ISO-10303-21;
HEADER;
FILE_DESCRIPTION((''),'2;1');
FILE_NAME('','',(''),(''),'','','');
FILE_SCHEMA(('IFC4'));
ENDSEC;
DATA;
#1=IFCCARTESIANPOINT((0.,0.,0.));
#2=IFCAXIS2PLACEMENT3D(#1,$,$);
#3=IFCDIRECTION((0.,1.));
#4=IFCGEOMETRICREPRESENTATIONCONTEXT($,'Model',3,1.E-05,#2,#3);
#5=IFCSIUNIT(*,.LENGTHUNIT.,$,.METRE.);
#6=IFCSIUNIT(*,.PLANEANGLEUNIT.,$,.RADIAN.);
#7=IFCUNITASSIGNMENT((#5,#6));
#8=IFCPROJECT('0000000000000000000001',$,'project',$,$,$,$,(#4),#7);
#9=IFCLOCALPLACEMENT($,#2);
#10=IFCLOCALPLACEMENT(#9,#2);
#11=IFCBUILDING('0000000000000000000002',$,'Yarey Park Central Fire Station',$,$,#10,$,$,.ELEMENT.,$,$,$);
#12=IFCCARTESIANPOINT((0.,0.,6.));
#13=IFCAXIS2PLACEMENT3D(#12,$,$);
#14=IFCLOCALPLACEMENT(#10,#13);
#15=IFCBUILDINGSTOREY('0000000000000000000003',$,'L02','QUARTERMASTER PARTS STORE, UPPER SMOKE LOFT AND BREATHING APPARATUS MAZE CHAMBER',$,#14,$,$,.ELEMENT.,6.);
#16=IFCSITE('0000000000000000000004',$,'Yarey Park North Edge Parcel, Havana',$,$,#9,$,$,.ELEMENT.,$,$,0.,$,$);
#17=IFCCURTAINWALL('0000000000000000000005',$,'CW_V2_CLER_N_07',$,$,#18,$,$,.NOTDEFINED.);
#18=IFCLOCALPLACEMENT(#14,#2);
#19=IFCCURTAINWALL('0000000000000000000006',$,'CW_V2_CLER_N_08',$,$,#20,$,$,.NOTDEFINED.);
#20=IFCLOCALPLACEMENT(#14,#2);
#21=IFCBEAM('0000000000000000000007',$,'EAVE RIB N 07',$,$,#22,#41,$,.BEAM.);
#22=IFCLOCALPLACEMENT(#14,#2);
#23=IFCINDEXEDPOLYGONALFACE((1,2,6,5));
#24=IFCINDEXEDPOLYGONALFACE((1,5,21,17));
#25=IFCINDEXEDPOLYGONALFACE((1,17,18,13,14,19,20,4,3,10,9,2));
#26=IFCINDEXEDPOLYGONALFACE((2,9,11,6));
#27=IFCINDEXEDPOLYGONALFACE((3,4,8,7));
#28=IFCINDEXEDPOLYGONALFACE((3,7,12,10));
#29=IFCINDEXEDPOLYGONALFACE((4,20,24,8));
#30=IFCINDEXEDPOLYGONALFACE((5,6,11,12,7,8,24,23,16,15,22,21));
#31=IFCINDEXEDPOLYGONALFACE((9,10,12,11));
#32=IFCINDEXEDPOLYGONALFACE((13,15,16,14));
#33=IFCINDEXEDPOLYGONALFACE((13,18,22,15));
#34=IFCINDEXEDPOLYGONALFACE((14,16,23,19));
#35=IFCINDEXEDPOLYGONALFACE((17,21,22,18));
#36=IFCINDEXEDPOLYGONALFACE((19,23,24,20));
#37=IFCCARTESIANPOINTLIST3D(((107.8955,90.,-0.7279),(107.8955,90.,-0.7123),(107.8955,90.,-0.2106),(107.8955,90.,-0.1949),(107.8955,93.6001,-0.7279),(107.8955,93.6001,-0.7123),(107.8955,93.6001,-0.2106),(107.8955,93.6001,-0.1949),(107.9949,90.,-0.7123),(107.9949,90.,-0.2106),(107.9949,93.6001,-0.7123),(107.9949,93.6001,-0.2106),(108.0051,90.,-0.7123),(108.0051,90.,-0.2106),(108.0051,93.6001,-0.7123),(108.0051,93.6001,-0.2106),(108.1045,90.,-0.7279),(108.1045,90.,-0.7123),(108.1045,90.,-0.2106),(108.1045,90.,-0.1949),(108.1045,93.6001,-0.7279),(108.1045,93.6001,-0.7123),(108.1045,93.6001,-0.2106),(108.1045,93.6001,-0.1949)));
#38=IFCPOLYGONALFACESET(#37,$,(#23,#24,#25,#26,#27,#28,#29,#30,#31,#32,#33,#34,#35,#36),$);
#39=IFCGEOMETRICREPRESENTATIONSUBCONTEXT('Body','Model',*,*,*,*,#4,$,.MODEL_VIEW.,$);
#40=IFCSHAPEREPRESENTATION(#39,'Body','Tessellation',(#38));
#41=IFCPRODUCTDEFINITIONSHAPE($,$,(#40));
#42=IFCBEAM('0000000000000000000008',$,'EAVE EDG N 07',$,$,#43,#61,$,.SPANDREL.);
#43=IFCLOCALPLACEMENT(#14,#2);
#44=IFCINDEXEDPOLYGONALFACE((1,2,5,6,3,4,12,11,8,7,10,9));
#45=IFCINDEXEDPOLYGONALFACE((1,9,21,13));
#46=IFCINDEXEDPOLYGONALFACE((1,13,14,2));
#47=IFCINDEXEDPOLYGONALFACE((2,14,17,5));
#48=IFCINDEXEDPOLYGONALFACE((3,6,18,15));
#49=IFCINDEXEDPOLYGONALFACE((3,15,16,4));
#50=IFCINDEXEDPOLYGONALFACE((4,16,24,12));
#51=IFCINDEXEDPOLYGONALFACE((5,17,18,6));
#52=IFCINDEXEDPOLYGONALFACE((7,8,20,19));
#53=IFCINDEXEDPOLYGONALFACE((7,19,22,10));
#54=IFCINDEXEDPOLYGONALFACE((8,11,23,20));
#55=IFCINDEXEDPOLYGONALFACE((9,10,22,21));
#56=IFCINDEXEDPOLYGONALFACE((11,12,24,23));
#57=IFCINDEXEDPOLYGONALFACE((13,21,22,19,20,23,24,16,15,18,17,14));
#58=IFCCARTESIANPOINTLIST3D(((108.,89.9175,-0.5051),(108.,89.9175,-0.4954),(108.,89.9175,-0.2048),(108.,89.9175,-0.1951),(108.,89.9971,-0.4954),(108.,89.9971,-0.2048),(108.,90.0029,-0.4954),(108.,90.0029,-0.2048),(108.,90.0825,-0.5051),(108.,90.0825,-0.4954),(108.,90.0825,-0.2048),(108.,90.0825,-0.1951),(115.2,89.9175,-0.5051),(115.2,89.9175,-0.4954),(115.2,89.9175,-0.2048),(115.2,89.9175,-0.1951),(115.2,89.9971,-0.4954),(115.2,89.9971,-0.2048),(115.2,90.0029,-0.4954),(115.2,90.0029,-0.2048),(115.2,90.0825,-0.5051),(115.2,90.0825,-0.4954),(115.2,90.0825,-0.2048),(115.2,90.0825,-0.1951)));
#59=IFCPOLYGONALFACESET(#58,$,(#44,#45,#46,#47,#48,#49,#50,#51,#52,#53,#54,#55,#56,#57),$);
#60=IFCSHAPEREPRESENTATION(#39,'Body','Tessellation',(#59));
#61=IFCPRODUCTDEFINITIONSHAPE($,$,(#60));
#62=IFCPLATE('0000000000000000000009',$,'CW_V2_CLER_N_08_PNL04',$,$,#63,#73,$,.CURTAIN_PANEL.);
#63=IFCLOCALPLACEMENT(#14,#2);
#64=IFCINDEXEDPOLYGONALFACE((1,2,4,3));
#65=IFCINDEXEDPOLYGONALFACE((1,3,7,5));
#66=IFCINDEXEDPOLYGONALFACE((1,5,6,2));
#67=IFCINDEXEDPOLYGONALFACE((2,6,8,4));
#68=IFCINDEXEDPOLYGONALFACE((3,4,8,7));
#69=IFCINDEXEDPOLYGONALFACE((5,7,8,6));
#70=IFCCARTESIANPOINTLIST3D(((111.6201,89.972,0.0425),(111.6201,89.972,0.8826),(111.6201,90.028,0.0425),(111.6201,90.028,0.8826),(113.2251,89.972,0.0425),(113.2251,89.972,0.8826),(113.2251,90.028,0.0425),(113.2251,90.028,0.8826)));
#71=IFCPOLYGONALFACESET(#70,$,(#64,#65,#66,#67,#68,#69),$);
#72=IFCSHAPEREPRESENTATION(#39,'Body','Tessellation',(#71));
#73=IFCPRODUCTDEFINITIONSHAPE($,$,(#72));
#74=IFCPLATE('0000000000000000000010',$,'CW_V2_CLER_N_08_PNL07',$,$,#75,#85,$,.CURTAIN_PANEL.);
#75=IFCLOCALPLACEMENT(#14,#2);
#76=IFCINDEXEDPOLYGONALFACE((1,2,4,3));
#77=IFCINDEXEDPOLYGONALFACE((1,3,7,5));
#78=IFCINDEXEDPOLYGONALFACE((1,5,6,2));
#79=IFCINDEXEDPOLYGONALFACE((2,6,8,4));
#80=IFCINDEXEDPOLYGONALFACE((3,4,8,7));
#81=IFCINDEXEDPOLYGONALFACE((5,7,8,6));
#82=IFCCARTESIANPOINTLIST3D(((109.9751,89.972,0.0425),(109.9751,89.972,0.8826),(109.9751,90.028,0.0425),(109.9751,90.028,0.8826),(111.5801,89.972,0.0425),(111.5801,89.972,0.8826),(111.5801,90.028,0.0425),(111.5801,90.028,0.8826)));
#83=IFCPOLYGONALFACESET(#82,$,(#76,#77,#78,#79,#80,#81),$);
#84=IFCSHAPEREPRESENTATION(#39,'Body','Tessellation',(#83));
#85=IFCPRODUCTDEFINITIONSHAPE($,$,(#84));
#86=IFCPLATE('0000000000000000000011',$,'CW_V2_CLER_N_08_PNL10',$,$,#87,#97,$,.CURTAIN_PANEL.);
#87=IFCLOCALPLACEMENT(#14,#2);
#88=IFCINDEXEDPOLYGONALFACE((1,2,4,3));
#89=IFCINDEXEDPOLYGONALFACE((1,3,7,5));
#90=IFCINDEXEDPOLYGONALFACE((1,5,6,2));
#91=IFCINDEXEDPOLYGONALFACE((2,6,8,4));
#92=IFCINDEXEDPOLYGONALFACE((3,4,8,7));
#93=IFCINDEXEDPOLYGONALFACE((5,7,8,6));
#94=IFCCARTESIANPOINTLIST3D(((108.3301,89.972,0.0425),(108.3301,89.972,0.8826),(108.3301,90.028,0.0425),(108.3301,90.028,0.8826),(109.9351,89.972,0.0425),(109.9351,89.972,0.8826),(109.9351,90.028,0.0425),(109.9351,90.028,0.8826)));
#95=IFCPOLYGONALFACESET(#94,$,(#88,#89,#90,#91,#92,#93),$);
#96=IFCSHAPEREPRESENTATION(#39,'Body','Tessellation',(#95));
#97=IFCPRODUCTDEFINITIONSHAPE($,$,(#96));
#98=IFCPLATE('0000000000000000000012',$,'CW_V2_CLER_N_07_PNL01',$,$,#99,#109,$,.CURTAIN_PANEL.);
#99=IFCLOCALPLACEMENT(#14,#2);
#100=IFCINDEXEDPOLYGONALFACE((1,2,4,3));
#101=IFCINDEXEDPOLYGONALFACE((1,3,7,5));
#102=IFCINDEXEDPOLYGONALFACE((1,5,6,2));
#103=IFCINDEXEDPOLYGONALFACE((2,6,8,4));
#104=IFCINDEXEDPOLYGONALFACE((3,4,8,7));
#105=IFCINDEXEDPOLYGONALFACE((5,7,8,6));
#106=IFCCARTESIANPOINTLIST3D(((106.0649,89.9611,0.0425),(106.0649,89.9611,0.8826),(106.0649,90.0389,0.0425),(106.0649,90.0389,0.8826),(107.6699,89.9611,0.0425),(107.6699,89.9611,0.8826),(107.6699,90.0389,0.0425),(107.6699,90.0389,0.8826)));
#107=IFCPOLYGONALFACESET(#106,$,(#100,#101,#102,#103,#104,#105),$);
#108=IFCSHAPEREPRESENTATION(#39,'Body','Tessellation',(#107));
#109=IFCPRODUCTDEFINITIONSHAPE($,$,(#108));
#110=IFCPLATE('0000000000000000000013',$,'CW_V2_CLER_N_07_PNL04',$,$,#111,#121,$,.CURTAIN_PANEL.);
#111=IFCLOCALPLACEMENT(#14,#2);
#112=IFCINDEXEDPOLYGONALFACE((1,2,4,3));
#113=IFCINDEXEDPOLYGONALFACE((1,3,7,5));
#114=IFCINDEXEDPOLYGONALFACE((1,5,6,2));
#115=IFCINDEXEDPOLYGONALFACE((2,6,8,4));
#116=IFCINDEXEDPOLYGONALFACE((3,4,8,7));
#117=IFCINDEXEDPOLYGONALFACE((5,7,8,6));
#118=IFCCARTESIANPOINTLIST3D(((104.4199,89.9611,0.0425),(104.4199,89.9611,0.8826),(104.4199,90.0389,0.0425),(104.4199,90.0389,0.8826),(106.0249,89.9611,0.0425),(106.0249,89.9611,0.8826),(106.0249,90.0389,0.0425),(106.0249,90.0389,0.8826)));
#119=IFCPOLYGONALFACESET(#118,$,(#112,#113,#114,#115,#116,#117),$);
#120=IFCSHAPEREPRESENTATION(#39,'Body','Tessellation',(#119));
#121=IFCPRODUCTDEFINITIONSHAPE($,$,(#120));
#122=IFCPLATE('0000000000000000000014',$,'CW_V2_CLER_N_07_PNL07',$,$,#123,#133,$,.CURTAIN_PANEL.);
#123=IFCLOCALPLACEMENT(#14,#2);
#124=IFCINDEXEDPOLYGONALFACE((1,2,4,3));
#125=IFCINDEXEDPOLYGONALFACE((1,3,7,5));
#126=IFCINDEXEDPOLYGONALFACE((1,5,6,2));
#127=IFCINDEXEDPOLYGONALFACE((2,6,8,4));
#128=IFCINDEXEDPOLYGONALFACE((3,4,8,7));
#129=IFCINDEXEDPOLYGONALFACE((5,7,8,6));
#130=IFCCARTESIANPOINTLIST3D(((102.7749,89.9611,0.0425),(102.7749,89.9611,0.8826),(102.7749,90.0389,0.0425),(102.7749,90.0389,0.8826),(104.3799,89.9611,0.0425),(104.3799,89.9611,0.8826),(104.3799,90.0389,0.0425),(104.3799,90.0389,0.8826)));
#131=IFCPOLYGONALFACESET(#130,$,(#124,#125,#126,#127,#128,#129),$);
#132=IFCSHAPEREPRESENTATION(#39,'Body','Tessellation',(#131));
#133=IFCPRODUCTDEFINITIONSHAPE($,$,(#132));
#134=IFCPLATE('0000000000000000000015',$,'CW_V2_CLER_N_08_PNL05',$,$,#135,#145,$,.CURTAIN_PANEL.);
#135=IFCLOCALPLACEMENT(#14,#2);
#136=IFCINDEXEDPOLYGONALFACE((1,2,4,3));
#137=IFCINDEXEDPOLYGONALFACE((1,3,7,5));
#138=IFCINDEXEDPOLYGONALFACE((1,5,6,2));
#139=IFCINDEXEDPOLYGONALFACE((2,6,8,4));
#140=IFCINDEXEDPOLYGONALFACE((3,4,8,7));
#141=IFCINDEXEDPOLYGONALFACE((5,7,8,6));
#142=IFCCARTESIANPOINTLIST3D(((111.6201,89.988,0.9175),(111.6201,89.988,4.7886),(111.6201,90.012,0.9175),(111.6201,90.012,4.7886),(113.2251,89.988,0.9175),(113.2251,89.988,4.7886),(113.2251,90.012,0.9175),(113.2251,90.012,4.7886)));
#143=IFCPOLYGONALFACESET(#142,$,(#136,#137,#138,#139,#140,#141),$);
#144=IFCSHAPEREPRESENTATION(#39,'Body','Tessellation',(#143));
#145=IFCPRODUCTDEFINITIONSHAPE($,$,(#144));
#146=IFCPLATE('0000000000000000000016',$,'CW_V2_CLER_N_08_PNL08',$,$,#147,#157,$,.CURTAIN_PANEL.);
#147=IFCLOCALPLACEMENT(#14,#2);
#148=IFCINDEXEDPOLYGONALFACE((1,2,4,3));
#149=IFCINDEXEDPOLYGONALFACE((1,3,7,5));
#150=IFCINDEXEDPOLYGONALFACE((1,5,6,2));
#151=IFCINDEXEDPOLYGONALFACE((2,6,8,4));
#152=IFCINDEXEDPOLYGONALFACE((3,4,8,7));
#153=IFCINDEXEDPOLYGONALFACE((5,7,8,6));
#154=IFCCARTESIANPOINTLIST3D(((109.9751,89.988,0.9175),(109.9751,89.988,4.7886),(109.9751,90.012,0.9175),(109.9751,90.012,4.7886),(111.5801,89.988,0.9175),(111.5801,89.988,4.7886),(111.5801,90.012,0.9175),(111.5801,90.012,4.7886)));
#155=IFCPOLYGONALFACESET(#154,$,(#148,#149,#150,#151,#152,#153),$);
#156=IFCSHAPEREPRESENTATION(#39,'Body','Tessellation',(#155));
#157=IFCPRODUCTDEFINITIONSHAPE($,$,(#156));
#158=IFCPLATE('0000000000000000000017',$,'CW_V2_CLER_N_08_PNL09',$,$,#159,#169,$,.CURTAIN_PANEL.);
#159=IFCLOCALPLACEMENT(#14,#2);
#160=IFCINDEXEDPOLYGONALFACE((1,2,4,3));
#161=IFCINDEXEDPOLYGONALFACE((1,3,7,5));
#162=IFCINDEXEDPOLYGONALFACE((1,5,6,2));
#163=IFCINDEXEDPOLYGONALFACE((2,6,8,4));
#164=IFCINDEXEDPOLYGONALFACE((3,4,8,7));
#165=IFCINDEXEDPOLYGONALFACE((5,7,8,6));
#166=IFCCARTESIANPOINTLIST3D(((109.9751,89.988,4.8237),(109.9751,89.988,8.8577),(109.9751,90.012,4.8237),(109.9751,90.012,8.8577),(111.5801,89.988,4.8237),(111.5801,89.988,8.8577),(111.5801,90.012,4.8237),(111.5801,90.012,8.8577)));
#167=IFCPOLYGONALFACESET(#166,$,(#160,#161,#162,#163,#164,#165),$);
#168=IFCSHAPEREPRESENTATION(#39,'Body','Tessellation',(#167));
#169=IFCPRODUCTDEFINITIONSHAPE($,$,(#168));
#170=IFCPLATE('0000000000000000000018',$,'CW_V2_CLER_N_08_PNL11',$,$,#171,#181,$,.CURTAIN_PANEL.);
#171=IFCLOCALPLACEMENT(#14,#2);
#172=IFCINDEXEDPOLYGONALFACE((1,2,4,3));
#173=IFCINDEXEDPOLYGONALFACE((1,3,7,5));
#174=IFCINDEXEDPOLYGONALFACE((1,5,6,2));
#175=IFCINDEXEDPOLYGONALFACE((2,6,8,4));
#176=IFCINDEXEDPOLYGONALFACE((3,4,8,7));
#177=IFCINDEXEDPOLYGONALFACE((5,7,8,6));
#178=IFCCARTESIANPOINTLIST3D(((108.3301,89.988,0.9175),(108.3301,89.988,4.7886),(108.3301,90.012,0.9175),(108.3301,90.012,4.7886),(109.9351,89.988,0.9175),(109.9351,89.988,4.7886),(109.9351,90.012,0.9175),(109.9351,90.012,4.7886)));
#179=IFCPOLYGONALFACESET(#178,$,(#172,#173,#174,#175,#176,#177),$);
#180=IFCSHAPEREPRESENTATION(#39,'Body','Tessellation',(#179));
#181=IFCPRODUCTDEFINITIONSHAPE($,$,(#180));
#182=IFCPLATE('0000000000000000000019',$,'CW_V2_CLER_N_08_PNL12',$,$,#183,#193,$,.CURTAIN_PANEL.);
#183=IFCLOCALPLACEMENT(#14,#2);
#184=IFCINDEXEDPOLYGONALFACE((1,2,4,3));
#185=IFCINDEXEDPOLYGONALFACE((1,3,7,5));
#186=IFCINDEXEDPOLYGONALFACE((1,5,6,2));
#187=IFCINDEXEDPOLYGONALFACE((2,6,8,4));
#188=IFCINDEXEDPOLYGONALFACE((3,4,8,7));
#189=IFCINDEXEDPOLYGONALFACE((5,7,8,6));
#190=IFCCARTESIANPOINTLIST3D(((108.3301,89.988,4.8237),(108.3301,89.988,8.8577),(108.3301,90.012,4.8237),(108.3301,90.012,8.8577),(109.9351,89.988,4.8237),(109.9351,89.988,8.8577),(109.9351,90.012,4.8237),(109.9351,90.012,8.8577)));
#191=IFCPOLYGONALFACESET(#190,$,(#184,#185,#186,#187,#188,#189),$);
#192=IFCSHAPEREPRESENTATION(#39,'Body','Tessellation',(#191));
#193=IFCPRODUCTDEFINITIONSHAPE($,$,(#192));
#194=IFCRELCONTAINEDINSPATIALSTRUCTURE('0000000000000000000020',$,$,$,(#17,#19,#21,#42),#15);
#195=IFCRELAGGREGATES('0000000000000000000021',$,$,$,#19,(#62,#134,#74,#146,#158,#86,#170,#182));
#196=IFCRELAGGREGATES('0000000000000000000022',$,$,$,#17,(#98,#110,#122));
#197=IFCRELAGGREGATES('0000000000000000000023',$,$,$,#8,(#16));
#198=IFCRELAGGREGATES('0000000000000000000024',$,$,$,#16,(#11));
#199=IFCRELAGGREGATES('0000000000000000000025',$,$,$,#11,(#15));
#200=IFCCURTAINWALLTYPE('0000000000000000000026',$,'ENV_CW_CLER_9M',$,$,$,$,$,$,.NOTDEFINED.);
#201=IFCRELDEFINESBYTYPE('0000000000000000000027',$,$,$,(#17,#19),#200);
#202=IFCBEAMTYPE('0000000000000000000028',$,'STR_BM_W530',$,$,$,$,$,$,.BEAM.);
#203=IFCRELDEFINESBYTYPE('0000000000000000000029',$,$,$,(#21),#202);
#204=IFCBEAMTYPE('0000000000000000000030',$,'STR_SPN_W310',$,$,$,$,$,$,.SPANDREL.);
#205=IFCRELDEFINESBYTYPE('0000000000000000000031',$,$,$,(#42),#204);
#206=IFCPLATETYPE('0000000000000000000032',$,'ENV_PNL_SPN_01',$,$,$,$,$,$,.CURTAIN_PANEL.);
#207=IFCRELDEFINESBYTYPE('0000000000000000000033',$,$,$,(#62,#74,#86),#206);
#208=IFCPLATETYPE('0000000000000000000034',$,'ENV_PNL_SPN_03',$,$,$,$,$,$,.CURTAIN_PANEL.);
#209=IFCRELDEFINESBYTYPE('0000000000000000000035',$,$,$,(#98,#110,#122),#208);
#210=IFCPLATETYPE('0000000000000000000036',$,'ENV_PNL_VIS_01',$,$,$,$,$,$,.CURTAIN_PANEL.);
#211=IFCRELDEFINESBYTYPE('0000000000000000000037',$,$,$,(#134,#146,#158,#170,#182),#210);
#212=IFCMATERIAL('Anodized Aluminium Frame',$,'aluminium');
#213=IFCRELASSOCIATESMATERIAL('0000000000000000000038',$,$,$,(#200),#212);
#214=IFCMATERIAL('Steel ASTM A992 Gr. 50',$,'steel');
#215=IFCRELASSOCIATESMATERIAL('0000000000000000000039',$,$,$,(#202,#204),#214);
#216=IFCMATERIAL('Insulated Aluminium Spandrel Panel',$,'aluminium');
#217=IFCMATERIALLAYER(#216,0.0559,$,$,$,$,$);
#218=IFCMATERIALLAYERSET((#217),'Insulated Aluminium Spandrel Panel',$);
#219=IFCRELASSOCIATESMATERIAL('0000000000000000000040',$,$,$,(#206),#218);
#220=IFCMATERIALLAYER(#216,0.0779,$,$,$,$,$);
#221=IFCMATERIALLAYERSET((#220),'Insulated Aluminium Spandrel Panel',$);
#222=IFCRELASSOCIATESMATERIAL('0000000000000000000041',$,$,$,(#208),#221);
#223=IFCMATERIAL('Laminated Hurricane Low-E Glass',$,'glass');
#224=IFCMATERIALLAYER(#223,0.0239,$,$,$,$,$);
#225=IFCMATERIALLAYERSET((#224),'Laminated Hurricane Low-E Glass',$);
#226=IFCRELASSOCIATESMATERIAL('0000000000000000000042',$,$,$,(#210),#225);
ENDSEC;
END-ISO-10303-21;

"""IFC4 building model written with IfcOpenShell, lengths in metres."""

from ifc_helpers import new_model, si_unit, direction, frame, origin, origin_2d, place, context, subcontext, project, spatial, rectangle, i_section, extrude, material, layer, layer_set, material_profile, profile_set, type_object, element, aggregate, save


model = new_model("IFC4")

# Units and contexts
model_context = context("Model", 3, precision=1e-05, world=origin(), true_north=direction((0.0, 1.0)))
body_context = subcontext(model_context, "Body", "Model", "MODEL_VIEW")
ifc_project = project(units=[si_unit("LENGTHUNIT", "METRE"), si_unit("PLANEANGLEUNIT", "RADIAN")], contexts=[model_context])

# Site, building, storey
site_placement = place(None, origin())
site = spatial("IfcSite", under=ifc_project, at=site_placement, Name="Yarey Park North Edge Parcel, Havana", CompositionType="ELEMENT", RefElevation=0.0)
building_placement = place(site_placement, origin())
building = spatial("IfcBuilding", under=site, at=building_placement, Name="Yarey Park Central Fire Station", CompositionType="ELEMENT")
storey_placement = place(building_placement, frame((0.0, 0.0, 6.0)))
storey = spatial("IfcBuildingStorey", under=building, at=storey_placement, Name="L02", Description="QUARTERMASTER PARTS STORE, UPPER SMOKE LOFT AND BREATHING APPARATUS MAZE CHAMBER", CompositionType="ELEMENT", Elevation=6.0)

# Curtain walls
ifc_material_1 = material(Name="Anodized Aluminium Frame", Category="aluminium")
curtain_wall_type = type_object("IfcCurtainWallType", Name="ENV_CW_CLER_9M", PredefinedType="NOTDEFINED", material=ifc_material_1)
curtain_wall_1_placement = place(storey_placement, origin())
curtain_wall_1 = element("IfcCurtainWall", 1, at=curtain_wall_1_placement, inside=storey, type_object=curtain_wall_type, Name="CW_V2_CLER_N_07", PredefinedType="NOTDEFINED")
curtain_wall_2_placement = place(storey_placement, origin())
curtain_wall_2 = element("IfcCurtainWall", 2, at=curtain_wall_2_placement, inside=storey, type_object=curtain_wall_type, Name="CW_V2_CLER_N_08", PredefinedType="NOTDEFINED")

# Beams
ifc_material_2 = material(Name="Steel ASTM A992 Gr. 50", Category="steel")
ifc_material_profile_1 = material_profile(ifc_material_2, i_section(OverallWidth=0.209, OverallDepth=0.533, WebThickness=0.0103, FlangeThickness=0.0156, at=origin_2d()), Name="W530x92")
ifc_profile_set_1 = profile_set([ifc_material_profile_1], Name="Steel ASTM A992 Gr. 50")
beam_type_1 = type_object("IfcBeamType", Name="STR_BM_W530", PredefinedType="BEAM", material=ifc_profile_set_1)
beam_1_placement = place(storey_placement, frame((108.0, 90.0, -0.4614), z_axis=(0.0, 1.0, 0.0), x_axis=(-1.0, 0.0, 0.0)))
element("IfcBeam", 3, at=beam_1_placement, inside=storey, type_object=beam_type_1, Name="EAVE RIB N 07", PredefinedType="BEAM", context=body_context, shape_type="SweptSolid", body=[
    extrude(i_section(OverallWidth=0.209, OverallDepth=0.533, WebThickness=0.0103, FlangeThickness=0.0156, at=origin_2d()), origin(), (0.0, 0.0, 1.0), 3.6001),
])
ifc_material_profile_2 = material_profile(ifc_material_2, i_section(OverallWidth=0.165, OverallDepth=0.3101, WebThickness=0.0059, FlangeThickness=0.0098, at=origin_2d()), Name="W310x39")
ifc_profile_set_2 = profile_set([ifc_material_profile_2], Name="Steel ASTM A992 Gr. 50")
beam_type_2 = type_object("IfcBeamType", Name="STR_SPN_W310", PredefinedType="SPANDREL", material=ifc_profile_set_2)
beam_2_placement = place(storey_placement, frame((108.0, 90.0, -0.3501), z_axis=(1.0, 0.0, 0.0), x_axis=(0.0, 1.0, 0.0)))
element("IfcBeam", 4, at=beam_2_placement, inside=storey, type_object=beam_type_2, Name="EAVE EDG N 07", PredefinedType="SPANDREL", context=body_context, shape_type="SweptSolid", body=[
    extrude(i_section(OverallWidth=0.165, OverallDepth=0.3101, WebThickness=0.0059, FlangeThickness=0.0098, at=origin_2d()), origin(), (0.0, 0.0, 1.0), 7.2),
])

# Plates
ifc_material_3 = material(Name="Insulated Aluminium Spandrel Panel", Category="aluminium")
ifc_layer_1 = layer(ifc_material_3, 0.0559)
ifc_layer_set_1 = layer_set([ifc_layer_1], Name="Insulated Aluminium Spandrel Panel")
plate_type_1 = type_object("IfcPlateType", Name="ENV_PNL_SPN_01", PredefinedType="CURTAIN_PANEL", material=ifc_layer_set_1)
plate_1_placement = place(storey_placement, frame((112.4226, 90.0, 0.0425), z_axis=(0.0, 0.0, 1.0), x_axis=(-1.0, 0.0, 0.0)))
plate_1 = element("IfcPlate", 5, at=plate_1_placement, type_object=plate_type_1, Name="CW_V2_CLER_N_08_PNL04", PredefinedType="CURTAIN_PANEL", context=body_context, shape_type="SweptSolid", body=[
    extrude(rectangle(XDim=1.605, YDim=0.0559, at=origin_2d()), origin(), (0.0, 0.0, 1.0), 0.8401),
])
plate_2_placement = place(storey_placement, frame((110.7776, 90.0, 0.0425), z_axis=(0.0, 0.0, 1.0), x_axis=(-1.0, 0.0, 0.0)))
plate_2 = element("IfcPlate", 6, at=plate_2_placement, type_object=plate_type_1, Name="CW_V2_CLER_N_08_PNL07", PredefinedType="CURTAIN_PANEL", context=body_context, shape_type="SweptSolid", body=[
    extrude(rectangle(XDim=1.605, YDim=0.0559, at=origin_2d()), origin(), (0.0, 0.0, 1.0), 0.8401),
])
plate_3_placement = place(storey_placement, frame((109.1326, 90.0, 0.0425), z_axis=(0.0, 0.0, 1.0), x_axis=(-1.0, 0.0, 0.0)))
plate_3 = element("IfcPlate", 7, at=plate_3_placement, type_object=plate_type_1, Name="CW_V2_CLER_N_08_PNL10", PredefinedType="CURTAIN_PANEL", context=body_context, shape_type="SweptSolid", body=[
    extrude(rectangle(XDim=1.605, YDim=0.0559, at=origin_2d()), origin(), (0.0, 0.0, 1.0), 0.8401),
])
ifc_layer_2 = layer(ifc_material_3, 0.0779)
ifc_layer_set_2 = layer_set([ifc_layer_2], Name="Insulated Aluminium Spandrel Panel")
plate_type_2 = type_object("IfcPlateType", Name="ENV_PNL_SPN_03", PredefinedType="CURTAIN_PANEL", material=ifc_layer_set_2)
plate_4_placement = place(storey_placement, frame((106.8674, 90.0, 0.0425), z_axis=(0.0, 0.0, 1.0), x_axis=(-1.0, 0.0, 0.0)))
plate_4 = element("IfcPlate", 8, at=plate_4_placement, type_object=plate_type_2, Name="CW_V2_CLER_N_07_PNL01", PredefinedType="CURTAIN_PANEL", context=body_context, shape_type="SweptSolid", body=[
    extrude(rectangle(XDim=1.605, YDim=0.0779, at=origin_2d()), origin(), (0.0, 0.0, 1.0), 0.8401),
])
plate_5_placement = place(storey_placement, frame((105.2224, 90.0, 0.0425), z_axis=(0.0, 0.0, 1.0), x_axis=(-1.0, 0.0, 0.0)))
plate_5 = element("IfcPlate", 9, at=plate_5_placement, type_object=plate_type_2, Name="CW_V2_CLER_N_07_PNL04", PredefinedType="CURTAIN_PANEL", context=body_context, shape_type="SweptSolid", body=[
    extrude(rectangle(XDim=1.605, YDim=0.0779, at=origin_2d()), origin(), (0.0, 0.0, 1.0), 0.8401),
])
plate_6_placement = place(storey_placement, frame((103.5774, 90.0, 0.0425), z_axis=(0.0, 0.0, 1.0), x_axis=(-1.0, 0.0, 0.0)))
plate_6 = element("IfcPlate", 10, at=plate_6_placement, type_object=plate_type_2, Name="CW_V2_CLER_N_07_PNL07", PredefinedType="CURTAIN_PANEL", context=body_context, shape_type="SweptSolid", body=[
    extrude(rectangle(XDim=1.605, YDim=0.0779, at=origin_2d()), origin(), (0.0, 0.0, 1.0), 0.8401),
])
ifc_material_4 = material(Name="Laminated Hurricane Low-E Glass", Category="glass")
ifc_layer_3 = layer(ifc_material_4, 0.0239)
ifc_layer_set_3 = layer_set([ifc_layer_3], Name="Laminated Hurricane Low-E Glass")
plate_type_3 = type_object("IfcPlateType", Name="ENV_PNL_VIS_01", PredefinedType="CURTAIN_PANEL", material=ifc_layer_set_3)
plate_7_placement = place(storey_placement, frame((112.4226, 90.0, 0.9175), z_axis=(0.0, 0.0, 1.0), x_axis=(-1.0, 0.0, 0.0)))
plate_7 = element("IfcPlate", 11, at=plate_7_placement, type_object=plate_type_3, Name="CW_V2_CLER_N_08_PNL05", PredefinedType="CURTAIN_PANEL", context=body_context, shape_type="SweptSolid", body=[
    extrude(rectangle(XDim=1.605, YDim=0.0239, at=origin_2d()), origin(), (0.0, 0.0, 1.0), 3.8711),
])
plate_8_placement = place(storey_placement, frame((110.7776, 90.0, 0.9175), z_axis=(0.0, 0.0, 1.0), x_axis=(-1.0, 0.0, 0.0)))
plate_8 = element("IfcPlate", 12, at=plate_8_placement, type_object=plate_type_3, Name="CW_V2_CLER_N_08_PNL08", PredefinedType="CURTAIN_PANEL", context=body_context, shape_type="SweptSolid", body=[
    extrude(rectangle(XDim=1.605, YDim=0.0239, at=origin_2d()), origin(), (0.0, 0.0, 1.0), 3.8711),
])
plate_9_placement = place(storey_placement, frame((110.7776, 90.0, 4.8237), z_axis=(0.0, 0.0, 1.0), x_axis=(-1.0, 0.0, 0.0)))
plate_9 = element("IfcPlate", 13, at=plate_9_placement, type_object=plate_type_3, Name="CW_V2_CLER_N_08_PNL09", PredefinedType="CURTAIN_PANEL", context=body_context, shape_type="SweptSolid", body=[
    extrude(rectangle(XDim=1.605, YDim=0.0239, at=origin_2d()), origin(), (0.0, 0.0, 1.0), 4.0339),
])
plate_10_placement = place(storey_placement, frame((109.1326, 90.0, 0.9175), z_axis=(0.0, 0.0, 1.0), x_axis=(-1.0, 0.0, 0.0)))
plate_10 = element("IfcPlate", 14, at=plate_10_placement, type_object=plate_type_3, Name="CW_V2_CLER_N_08_PNL11", PredefinedType="CURTAIN_PANEL", context=body_context, shape_type="SweptSolid", body=[
    extrude(rectangle(XDim=1.605, YDim=0.0239, at=origin_2d()), origin(), (0.0, 0.0, 1.0), 3.8711),
])
plate_11_placement = place(storey_placement, frame((109.1326, 90.0, 4.8237), z_axis=(0.0, 0.0, 1.0), x_axis=(-1.0, 0.0, 0.0)))
plate_11 = element("IfcPlate", 15, at=plate_11_placement, type_object=plate_type_3, Name="CW_V2_CLER_N_08_PNL12", PredefinedType="CURTAIN_PANEL", context=body_context, shape_type="SweptSolid", body=[
    extrude(rectangle(XDim=1.605, YDim=0.0239, at=origin_2d()), origin(), (0.0, 0.0, 1.0), 4.0339),
])
aggregate(curtain_wall_2, [plate_1, plate_7, plate_2, plate_8, plate_9, plate_3, plate_10, plate_11])
aggregate(curtain_wall_1, [plate_4, plate_5, plate_6])

save(model, "model.ifc")
